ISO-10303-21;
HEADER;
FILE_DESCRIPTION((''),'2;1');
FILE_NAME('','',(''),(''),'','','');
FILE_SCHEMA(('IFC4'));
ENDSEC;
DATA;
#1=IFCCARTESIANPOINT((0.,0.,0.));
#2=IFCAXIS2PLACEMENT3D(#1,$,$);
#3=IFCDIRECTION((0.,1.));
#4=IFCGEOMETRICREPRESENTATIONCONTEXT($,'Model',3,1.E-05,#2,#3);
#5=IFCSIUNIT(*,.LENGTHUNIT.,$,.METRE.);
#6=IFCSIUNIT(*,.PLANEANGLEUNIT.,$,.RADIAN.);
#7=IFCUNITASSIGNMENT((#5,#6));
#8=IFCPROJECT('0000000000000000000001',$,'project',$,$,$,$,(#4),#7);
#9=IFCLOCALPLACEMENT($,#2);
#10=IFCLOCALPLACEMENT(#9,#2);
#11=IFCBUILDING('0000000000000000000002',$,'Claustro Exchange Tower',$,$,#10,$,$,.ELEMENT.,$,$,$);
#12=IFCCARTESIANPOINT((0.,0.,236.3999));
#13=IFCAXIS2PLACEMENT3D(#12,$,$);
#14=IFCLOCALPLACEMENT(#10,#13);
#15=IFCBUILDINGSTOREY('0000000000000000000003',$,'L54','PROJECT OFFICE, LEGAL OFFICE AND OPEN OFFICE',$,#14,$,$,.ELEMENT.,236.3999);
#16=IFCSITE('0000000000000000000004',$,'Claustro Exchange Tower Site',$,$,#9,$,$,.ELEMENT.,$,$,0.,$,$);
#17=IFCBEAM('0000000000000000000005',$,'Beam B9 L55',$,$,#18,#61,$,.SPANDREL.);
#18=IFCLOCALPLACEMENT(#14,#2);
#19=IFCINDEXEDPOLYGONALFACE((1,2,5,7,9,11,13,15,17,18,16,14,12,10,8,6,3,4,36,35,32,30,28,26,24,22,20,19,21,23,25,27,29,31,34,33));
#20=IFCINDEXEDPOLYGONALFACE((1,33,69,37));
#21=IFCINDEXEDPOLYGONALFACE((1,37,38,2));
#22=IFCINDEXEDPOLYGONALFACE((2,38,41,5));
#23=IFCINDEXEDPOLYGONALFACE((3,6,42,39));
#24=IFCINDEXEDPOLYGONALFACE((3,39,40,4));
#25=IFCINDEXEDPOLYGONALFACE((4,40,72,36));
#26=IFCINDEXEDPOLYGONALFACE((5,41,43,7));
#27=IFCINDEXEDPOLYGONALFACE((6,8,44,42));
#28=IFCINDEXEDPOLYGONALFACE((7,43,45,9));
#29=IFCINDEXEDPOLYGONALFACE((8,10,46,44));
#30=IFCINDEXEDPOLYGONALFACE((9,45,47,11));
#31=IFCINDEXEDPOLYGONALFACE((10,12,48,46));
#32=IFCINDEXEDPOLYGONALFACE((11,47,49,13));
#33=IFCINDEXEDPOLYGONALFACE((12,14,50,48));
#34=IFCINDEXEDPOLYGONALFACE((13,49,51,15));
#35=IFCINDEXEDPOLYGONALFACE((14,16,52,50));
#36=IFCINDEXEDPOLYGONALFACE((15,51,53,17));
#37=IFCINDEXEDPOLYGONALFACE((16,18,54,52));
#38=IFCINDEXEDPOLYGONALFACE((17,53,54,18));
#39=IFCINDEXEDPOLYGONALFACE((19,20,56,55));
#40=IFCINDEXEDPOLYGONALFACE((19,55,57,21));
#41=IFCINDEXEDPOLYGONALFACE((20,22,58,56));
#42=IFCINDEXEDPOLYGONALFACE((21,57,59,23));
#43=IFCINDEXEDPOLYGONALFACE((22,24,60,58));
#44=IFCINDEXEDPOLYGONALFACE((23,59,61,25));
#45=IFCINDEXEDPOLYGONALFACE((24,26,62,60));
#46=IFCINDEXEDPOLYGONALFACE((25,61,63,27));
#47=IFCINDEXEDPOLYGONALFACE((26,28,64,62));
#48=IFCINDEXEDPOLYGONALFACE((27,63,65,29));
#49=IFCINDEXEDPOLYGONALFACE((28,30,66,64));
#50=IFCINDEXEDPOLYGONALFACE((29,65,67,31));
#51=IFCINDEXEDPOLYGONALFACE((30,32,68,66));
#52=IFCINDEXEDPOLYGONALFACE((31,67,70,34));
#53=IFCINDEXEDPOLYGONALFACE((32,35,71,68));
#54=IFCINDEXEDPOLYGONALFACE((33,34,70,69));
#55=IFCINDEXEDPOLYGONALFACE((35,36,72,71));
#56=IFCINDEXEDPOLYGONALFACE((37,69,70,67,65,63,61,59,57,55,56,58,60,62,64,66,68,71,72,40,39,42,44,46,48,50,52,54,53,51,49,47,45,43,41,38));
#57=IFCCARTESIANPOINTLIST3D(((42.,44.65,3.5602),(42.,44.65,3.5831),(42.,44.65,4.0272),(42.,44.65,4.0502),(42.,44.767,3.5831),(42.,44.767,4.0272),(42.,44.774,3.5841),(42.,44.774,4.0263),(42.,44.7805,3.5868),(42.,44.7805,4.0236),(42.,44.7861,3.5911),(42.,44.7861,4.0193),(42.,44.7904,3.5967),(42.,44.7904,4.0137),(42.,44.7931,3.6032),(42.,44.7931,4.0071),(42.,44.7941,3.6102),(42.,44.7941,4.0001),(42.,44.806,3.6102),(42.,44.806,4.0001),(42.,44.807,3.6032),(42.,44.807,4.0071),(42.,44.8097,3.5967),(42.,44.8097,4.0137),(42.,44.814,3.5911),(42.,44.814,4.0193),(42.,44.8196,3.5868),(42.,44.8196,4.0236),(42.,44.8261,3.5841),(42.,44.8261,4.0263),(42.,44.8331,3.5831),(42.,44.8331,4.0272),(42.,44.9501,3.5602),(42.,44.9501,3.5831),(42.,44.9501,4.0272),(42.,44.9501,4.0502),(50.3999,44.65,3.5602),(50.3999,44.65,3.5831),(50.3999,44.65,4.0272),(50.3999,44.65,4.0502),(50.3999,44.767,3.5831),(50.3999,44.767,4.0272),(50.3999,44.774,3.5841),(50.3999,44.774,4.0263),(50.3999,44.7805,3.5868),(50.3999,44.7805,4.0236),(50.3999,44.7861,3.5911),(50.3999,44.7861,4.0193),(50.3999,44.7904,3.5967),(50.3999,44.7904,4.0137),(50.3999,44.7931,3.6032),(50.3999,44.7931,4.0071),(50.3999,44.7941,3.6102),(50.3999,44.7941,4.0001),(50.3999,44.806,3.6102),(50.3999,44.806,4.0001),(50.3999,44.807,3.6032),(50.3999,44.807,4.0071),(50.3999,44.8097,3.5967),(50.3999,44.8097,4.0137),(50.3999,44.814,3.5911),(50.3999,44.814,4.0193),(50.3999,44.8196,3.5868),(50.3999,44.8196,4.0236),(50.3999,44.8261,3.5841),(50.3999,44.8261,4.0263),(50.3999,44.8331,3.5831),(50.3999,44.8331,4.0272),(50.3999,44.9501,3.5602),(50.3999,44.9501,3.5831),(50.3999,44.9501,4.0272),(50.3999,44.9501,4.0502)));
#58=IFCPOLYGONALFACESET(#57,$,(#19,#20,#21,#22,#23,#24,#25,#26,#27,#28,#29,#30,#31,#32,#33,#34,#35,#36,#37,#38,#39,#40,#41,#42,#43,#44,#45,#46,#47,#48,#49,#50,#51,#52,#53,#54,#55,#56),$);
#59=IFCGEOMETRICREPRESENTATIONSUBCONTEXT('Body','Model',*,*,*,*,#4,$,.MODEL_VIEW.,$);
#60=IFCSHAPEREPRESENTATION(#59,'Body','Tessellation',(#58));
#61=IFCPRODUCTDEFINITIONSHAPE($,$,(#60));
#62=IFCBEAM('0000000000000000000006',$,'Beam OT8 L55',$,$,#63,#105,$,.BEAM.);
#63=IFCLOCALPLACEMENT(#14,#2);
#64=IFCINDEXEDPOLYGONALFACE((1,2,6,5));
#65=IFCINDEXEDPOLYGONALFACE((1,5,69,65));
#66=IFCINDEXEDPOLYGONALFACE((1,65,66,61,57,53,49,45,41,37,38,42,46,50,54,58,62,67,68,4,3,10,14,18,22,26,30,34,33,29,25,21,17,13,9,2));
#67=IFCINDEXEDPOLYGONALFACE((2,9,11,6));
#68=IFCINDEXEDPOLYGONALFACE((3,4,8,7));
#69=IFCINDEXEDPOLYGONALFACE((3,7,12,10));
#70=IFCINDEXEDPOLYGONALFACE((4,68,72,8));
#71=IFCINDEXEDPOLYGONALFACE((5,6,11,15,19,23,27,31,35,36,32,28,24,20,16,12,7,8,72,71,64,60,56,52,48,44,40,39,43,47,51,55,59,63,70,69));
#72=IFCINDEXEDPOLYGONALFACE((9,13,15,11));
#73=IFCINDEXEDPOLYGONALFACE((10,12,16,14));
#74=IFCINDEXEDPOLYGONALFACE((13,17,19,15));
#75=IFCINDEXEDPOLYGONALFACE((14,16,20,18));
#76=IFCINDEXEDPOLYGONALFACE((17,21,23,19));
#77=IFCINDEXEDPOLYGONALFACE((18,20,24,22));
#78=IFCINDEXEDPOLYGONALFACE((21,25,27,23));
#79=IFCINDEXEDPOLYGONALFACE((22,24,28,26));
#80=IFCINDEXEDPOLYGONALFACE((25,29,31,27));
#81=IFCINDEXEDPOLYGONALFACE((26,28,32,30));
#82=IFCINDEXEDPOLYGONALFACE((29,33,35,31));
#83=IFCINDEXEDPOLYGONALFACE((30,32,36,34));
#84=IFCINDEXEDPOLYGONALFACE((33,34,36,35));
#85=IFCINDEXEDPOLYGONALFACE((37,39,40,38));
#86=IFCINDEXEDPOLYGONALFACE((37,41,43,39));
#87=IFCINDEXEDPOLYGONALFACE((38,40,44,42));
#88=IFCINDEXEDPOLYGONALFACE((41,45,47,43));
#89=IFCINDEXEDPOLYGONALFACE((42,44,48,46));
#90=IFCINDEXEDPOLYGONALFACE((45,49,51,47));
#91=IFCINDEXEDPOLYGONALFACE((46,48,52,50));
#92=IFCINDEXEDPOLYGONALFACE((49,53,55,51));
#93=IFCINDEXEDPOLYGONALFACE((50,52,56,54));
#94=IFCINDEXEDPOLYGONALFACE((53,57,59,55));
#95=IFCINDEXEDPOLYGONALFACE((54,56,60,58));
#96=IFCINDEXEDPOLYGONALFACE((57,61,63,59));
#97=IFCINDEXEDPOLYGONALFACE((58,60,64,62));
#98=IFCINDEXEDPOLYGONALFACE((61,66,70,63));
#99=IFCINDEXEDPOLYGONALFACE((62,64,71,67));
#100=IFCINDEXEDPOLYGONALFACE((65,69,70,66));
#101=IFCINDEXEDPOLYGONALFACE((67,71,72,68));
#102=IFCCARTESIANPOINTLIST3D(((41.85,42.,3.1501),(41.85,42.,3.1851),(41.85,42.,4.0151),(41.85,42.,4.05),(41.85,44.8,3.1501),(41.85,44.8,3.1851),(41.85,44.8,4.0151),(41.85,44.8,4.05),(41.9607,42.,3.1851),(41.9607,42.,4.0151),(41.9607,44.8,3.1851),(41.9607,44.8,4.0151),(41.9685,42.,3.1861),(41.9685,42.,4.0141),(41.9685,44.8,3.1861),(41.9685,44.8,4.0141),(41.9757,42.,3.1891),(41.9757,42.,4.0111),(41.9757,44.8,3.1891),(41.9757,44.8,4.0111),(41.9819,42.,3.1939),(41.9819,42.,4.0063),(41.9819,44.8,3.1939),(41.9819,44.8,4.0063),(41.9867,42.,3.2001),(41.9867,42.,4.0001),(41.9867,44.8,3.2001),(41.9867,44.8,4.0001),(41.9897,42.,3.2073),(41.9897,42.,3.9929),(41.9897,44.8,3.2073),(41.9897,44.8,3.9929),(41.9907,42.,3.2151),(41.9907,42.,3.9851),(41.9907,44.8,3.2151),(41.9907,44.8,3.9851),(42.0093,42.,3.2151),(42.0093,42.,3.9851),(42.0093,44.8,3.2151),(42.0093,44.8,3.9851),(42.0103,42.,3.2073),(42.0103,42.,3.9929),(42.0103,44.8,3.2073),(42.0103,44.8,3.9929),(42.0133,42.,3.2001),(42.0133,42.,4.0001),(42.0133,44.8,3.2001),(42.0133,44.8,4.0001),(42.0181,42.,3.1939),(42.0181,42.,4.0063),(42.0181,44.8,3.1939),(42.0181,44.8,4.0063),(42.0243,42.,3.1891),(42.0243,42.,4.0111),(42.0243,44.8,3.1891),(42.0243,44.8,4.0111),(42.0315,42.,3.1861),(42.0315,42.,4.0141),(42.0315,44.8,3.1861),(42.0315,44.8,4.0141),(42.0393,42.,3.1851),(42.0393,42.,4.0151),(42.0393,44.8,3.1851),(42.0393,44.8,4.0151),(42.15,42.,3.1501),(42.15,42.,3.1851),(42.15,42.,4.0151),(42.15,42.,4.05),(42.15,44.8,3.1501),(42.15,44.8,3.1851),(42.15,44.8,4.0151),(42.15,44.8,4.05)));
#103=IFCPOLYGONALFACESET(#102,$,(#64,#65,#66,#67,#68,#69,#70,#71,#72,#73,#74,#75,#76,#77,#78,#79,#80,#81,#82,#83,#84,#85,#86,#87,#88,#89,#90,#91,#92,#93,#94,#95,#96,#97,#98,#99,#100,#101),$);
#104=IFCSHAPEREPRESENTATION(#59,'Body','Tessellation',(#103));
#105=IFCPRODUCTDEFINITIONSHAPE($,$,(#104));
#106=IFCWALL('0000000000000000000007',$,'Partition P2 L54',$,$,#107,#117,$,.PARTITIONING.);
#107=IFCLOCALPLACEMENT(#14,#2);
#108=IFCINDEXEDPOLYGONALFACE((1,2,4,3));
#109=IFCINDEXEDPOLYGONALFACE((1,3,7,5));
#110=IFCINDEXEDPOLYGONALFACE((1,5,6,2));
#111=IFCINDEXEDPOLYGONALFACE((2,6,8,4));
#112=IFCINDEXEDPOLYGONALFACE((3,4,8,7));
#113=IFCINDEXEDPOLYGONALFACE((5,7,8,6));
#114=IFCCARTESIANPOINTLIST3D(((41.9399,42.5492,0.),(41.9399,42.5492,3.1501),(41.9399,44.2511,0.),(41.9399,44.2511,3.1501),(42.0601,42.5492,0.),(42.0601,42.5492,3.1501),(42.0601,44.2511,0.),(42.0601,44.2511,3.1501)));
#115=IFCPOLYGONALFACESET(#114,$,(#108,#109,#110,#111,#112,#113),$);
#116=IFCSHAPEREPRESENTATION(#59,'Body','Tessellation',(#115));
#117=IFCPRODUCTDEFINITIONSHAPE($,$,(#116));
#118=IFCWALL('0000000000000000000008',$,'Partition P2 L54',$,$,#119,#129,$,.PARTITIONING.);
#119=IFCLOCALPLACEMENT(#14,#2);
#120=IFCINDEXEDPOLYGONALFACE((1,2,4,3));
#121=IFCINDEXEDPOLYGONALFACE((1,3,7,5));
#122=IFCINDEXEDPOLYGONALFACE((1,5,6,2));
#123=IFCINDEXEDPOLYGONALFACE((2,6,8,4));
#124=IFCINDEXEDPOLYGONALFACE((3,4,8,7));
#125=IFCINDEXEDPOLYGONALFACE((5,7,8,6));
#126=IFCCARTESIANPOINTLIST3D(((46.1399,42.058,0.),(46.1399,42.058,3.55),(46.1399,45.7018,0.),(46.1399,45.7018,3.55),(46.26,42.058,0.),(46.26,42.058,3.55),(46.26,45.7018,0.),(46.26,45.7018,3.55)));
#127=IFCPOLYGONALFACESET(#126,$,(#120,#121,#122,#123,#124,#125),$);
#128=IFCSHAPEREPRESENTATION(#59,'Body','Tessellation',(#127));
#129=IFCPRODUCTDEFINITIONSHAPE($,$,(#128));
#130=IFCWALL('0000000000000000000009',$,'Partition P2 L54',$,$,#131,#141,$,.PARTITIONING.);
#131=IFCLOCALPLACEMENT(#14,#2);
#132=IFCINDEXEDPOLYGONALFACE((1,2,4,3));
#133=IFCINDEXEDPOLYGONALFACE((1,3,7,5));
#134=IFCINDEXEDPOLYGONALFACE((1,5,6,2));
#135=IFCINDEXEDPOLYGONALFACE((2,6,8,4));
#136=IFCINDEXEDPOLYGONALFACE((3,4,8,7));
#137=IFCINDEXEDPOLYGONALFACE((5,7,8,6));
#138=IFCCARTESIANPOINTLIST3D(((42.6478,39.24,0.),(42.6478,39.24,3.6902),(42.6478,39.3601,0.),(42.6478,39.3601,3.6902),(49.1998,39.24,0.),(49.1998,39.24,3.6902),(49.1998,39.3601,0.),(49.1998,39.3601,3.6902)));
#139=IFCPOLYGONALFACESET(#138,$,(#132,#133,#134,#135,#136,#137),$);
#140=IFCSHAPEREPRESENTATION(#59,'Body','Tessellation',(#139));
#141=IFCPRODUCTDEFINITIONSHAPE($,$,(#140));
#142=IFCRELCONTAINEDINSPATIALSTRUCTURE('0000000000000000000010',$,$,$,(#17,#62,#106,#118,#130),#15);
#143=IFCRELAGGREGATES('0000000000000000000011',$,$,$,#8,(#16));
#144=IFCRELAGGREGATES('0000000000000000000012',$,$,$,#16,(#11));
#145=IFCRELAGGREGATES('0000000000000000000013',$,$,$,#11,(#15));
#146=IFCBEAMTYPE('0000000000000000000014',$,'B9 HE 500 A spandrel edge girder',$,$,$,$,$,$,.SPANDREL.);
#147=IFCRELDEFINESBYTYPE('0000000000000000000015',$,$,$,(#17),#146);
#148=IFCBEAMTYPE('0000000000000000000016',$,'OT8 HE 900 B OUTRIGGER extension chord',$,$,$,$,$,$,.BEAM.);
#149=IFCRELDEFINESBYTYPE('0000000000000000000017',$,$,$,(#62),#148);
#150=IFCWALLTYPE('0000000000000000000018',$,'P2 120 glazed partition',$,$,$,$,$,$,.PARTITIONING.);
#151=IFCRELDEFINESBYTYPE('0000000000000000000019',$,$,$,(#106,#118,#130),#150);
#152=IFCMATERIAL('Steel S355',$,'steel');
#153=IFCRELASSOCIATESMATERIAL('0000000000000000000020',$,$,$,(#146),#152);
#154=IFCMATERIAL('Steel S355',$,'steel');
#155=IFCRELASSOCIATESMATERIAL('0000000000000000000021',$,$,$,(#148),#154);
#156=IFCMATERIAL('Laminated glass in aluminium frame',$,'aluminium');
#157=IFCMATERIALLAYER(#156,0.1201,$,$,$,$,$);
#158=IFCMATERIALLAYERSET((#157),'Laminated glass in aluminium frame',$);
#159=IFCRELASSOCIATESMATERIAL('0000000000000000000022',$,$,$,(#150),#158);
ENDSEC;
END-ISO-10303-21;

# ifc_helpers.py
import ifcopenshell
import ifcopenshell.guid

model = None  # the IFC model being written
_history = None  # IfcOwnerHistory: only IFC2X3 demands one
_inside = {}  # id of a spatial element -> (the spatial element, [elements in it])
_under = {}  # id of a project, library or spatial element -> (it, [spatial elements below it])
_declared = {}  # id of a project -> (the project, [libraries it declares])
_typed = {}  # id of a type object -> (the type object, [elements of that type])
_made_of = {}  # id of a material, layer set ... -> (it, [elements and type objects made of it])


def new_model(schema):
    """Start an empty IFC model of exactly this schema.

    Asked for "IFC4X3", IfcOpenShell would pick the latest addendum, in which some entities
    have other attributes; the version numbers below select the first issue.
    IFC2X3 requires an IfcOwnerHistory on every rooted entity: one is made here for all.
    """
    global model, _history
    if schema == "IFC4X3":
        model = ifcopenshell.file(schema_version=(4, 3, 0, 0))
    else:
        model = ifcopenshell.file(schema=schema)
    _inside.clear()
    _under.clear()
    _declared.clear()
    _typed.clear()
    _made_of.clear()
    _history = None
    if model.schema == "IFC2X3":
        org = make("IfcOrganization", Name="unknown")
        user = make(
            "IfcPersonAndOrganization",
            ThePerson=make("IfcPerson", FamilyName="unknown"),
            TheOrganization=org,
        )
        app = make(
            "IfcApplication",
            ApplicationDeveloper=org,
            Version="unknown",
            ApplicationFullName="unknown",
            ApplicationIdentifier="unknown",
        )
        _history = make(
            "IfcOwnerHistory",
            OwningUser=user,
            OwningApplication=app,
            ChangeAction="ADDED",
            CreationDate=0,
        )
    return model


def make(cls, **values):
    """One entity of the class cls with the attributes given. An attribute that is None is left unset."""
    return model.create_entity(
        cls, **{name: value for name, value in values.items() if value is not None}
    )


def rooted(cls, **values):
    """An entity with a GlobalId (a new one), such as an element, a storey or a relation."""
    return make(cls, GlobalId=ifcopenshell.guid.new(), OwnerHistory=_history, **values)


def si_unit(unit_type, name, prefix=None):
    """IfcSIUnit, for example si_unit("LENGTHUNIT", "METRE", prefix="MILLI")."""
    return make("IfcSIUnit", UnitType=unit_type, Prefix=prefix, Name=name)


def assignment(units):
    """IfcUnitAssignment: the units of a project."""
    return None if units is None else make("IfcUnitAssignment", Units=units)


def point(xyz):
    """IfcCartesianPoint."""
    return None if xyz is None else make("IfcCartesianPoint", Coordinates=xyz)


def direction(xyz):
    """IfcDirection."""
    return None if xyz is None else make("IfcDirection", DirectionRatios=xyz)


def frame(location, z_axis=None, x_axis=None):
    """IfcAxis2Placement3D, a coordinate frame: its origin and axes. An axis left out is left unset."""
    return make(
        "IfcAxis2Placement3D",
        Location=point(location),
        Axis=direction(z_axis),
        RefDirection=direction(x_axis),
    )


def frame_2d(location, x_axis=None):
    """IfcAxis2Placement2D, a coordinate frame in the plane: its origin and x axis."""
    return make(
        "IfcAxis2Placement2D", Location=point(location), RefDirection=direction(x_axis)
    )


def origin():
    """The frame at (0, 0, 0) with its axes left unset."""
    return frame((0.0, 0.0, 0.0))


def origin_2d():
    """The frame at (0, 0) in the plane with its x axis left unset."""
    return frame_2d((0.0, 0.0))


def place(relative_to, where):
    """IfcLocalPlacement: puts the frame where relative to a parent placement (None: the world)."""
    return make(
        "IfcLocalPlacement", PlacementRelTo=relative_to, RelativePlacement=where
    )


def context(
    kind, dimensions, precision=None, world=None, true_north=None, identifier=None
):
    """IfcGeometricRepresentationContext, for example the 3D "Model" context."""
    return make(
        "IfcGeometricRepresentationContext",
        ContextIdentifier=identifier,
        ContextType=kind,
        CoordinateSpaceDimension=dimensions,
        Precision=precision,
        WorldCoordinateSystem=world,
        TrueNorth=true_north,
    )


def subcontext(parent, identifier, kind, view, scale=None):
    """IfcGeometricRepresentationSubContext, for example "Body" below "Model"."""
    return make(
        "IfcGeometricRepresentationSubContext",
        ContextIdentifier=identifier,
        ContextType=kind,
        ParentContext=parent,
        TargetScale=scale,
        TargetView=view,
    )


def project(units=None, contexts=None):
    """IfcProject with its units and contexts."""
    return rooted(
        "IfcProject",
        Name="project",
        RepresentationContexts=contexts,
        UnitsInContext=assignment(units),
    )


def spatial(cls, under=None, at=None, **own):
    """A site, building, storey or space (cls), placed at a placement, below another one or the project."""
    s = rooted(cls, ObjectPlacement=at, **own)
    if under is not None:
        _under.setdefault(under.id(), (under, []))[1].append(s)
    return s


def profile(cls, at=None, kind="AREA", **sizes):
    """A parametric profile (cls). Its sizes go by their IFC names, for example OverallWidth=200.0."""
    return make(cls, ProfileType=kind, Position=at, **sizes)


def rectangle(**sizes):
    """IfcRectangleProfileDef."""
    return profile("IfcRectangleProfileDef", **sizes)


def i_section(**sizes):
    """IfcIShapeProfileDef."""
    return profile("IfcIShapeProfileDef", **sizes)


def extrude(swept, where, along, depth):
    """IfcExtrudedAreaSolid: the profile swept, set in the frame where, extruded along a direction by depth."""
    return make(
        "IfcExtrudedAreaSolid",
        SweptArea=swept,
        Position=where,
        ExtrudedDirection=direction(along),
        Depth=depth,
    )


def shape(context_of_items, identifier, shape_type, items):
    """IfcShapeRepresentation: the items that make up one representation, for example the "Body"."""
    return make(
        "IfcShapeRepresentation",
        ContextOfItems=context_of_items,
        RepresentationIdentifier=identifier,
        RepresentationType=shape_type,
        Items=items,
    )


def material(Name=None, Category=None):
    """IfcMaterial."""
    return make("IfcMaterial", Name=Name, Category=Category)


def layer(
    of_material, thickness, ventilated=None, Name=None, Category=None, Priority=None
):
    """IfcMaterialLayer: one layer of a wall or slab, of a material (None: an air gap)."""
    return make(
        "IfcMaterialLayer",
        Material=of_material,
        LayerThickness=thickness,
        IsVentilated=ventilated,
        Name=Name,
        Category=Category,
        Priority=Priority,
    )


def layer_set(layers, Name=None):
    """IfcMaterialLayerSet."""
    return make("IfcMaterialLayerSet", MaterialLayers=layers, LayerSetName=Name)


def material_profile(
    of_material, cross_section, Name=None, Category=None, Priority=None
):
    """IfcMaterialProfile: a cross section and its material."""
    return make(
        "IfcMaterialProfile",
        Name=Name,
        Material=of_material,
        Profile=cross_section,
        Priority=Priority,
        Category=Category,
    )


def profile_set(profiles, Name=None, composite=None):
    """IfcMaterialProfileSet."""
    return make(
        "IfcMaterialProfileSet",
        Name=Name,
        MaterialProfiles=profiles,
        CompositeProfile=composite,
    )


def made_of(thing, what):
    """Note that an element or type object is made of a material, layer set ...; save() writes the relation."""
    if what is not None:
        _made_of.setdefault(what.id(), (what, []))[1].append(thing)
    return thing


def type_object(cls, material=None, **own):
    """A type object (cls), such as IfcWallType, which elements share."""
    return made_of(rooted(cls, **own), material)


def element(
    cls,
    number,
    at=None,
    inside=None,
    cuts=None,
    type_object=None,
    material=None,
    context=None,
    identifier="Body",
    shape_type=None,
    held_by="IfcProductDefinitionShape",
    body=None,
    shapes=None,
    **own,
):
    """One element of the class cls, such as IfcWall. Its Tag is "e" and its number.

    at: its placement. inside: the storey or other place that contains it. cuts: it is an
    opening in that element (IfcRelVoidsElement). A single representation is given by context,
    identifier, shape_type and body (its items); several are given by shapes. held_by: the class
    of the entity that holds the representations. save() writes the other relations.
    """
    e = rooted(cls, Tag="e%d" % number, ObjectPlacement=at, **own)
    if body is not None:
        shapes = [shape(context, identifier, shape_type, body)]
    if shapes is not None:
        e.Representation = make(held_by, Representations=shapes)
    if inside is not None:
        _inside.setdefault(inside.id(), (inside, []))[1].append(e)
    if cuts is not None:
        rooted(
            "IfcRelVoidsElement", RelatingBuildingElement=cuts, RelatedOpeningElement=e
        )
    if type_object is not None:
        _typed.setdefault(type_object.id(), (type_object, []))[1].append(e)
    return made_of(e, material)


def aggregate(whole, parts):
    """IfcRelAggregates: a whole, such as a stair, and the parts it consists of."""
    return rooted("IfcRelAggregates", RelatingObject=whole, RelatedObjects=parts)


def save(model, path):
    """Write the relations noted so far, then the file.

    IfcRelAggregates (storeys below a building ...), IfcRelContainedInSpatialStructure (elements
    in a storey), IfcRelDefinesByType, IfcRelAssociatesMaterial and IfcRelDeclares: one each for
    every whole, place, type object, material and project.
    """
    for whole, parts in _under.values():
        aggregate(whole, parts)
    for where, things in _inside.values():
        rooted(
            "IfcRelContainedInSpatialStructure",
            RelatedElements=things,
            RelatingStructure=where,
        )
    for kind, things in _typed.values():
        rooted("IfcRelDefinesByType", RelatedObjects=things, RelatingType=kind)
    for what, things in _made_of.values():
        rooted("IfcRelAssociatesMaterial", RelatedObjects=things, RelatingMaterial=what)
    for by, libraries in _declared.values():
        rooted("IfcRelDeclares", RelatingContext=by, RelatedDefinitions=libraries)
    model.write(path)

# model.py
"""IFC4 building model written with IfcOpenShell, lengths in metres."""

from ifc_helpers import new_model, si_unit, direction, frame, frame_2d, origin, origin_2d, place, context, subcontext, project, spatial, rectangle, i_section, extrude, material, layer, layer_set, material_profile, profile_set, type_object, element, save


model = new_model("IFC4")

# Units and contexts
model_context = context("Model", 3, precision=1e-05, world=origin(), true_north=direction((0.0, 1.0)))
body_context = subcontext(model_context, "Body", "Model", "MODEL_VIEW")
ifc_project = project(units=[si_unit("LENGTHUNIT", "METRE"), si_unit("PLANEANGLEUNIT", "RADIAN")], contexts=[model_context])

# Site, building, storey
site_placement = place(None, origin())
site = spatial("IfcSite", under=ifc_project, at=site_placement, Name="Claustro Exchange Tower Site", CompositionType="ELEMENT", RefElevation=0.0)
building_placement = place(site_placement, origin())
building = spatial("IfcBuilding", under=site, at=building_placement, Name="Claustro Exchange Tower", CompositionType="ELEMENT")
storey_placement = place(building_placement, frame((0.0, 0.0, 236.3999)))
storey = spatial("IfcBuildingStorey", under=building, at=storey_placement, Name="L54", Description="PROJECT OFFICE, LEGAL OFFICE AND OPEN OFFICE", CompositionType="ELEMENT", Elevation=236.3999)

# Beams
ifc_material_1 = material(Name="Steel S355", Category="steel")
ifc_material_profile_1 = material_profile(ifc_material_1, i_section(OverallWidth=0.3, OverallDepth=0.49, WebThickness=0.012, FlangeThickness=0.0229, FilletRadius=0.0271, at=origin_2d()), Name="HE 500 A")
ifc_profile_set_1 = profile_set([ifc_material_profile_1], Name="Steel S355")
beam_type_1 = type_object("IfcBeamType", Name="B9 HE 500 A spandrel edge girder", PredefinedType="SPANDREL", material=ifc_profile_set_1)
beam_1_placement = place(storey_placement, frame((42.0, 44.8, 3.8052), z_axis=(1.0, 0.0, 0.0), x_axis=(0.0, 1.0, 0.0)))
element("IfcBeam", 1, at=beam_1_placement, inside=storey, type_object=beam_type_1, Name="Beam B9 L55", PredefinedType="SPANDREL", context=body_context, shape_type="SweptSolid", body=[
    extrude(i_section(OverallWidth=0.3, OverallDepth=0.49, WebThickness=0.012, FlangeThickness=0.0229, FilletRadius=0.0271, at=origin_2d()), origin(), (0.0, 0.0, 1.0), 8.3999),
])
ifc_material_2 = material(Name="Steel S355", Category="steel")
ifc_material_profile_2 = material_profile(ifc_material_2, i_section(OverallWidth=0.3, OverallDepth=0.8999, WebThickness=0.0186, FlangeThickness=0.0349, FilletRadius=0.03, at=origin_2d()), Name="HE 900 B")
ifc_profile_set_2 = profile_set([ifc_material_profile_2], Name="Steel S355")
beam_type_2 = type_object("IfcBeamType", Name="OT8 HE 900 B OUTRIGGER extension chord", PredefinedType="BEAM", material=ifc_profile_set_2)
beam_2_placement = place(storey_placement, frame((42.0, 42.0, 3.6001), z_axis=(0.0, 1.0, 0.0), x_axis=(-1.0, 0.0, 0.0)))
element("IfcBeam", 2, at=beam_2_placement, inside=storey, type_object=beam_type_2, Name="Beam OT8 L55", PredefinedType="BEAM", context=body_context, shape_type="SweptSolid", body=[
    extrude(i_section(OverallWidth=0.3, OverallDepth=0.8999, WebThickness=0.0186, FlangeThickness=0.0349, FilletRadius=0.03, at=origin_2d()), origin(), (0.0, 0.0, 1.0), 2.8),
])

# Shared definitions
ifc_material_3 = material(Name="Laminated glass in aluminium frame", Category="aluminium")
ifc_layer_1 = layer(ifc_material_3, 0.1201)
ifc_layer_set_1 = layer_set([ifc_layer_1], Name="Laminated glass in aluminium frame")
wall_type_1 = type_object("IfcWallType", Name="P2 120 glazed partition", PredefinedType="PARTITIONING", material=ifc_layer_set_1)

# Walls
wall_1_placement = place(storey_placement, frame((42.0, 42.5491, 0.0), z_axis=(0.0, 0.0, 1.0), x_axis=(0.0, 1.0, 0.0)))
element("IfcWall", 3, at=wall_1_placement, inside=storey, type_object=wall_type_1, Name="Partition P2 L54", PredefinedType="PARTITIONING", context=body_context, shape_type="SweptSolid", body=[
    extrude(rectangle(XDim=1.7019, YDim=0.1201, at=frame_2d((0.8511, 0.0))), origin(), (0.0, 0.0, 1.0), 3.1501),
])
wall_2_placement = place(storey_placement, frame((46.2, 42.0581, 0.0), z_axis=(0.0, 0.0, 1.0), x_axis=(0.0, 1.0, 0.0)))
element("IfcWall", 4, at=wall_2_placement, inside=storey, type_object=wall_type_1, Name="Partition P2 L54", PredefinedType="PARTITIONING", context=body_context, shape_type="SweptSolid", body=[
    extrude(rectangle(XDim=3.6438, YDim=0.1201, at=frame_2d((1.8218, 0.0))), origin(), (0.0, 0.0, 1.0), 3.55),
])
wall_3_placement = place(storey_placement, frame((42.6479, 39.3, 0.0), z_axis=(0.0, 0.0, 1.0), x_axis=(1.0, 0.0, 0.0)))
element("IfcWall", 5, at=wall_3_placement, inside=storey, type_object=wall_type_1, Name="Partition P2 L54", PredefinedType="PARTITIONING", context=body_context, shape_type="SweptSolid", body=[
    extrude(rectangle(XDim=6.552, YDim=0.1201, at=frame_2d((3.2759, 0.0))), origin(), (0.0, 0.0, 1.0), 3.6902),
])

save(model, "model.ifc")
